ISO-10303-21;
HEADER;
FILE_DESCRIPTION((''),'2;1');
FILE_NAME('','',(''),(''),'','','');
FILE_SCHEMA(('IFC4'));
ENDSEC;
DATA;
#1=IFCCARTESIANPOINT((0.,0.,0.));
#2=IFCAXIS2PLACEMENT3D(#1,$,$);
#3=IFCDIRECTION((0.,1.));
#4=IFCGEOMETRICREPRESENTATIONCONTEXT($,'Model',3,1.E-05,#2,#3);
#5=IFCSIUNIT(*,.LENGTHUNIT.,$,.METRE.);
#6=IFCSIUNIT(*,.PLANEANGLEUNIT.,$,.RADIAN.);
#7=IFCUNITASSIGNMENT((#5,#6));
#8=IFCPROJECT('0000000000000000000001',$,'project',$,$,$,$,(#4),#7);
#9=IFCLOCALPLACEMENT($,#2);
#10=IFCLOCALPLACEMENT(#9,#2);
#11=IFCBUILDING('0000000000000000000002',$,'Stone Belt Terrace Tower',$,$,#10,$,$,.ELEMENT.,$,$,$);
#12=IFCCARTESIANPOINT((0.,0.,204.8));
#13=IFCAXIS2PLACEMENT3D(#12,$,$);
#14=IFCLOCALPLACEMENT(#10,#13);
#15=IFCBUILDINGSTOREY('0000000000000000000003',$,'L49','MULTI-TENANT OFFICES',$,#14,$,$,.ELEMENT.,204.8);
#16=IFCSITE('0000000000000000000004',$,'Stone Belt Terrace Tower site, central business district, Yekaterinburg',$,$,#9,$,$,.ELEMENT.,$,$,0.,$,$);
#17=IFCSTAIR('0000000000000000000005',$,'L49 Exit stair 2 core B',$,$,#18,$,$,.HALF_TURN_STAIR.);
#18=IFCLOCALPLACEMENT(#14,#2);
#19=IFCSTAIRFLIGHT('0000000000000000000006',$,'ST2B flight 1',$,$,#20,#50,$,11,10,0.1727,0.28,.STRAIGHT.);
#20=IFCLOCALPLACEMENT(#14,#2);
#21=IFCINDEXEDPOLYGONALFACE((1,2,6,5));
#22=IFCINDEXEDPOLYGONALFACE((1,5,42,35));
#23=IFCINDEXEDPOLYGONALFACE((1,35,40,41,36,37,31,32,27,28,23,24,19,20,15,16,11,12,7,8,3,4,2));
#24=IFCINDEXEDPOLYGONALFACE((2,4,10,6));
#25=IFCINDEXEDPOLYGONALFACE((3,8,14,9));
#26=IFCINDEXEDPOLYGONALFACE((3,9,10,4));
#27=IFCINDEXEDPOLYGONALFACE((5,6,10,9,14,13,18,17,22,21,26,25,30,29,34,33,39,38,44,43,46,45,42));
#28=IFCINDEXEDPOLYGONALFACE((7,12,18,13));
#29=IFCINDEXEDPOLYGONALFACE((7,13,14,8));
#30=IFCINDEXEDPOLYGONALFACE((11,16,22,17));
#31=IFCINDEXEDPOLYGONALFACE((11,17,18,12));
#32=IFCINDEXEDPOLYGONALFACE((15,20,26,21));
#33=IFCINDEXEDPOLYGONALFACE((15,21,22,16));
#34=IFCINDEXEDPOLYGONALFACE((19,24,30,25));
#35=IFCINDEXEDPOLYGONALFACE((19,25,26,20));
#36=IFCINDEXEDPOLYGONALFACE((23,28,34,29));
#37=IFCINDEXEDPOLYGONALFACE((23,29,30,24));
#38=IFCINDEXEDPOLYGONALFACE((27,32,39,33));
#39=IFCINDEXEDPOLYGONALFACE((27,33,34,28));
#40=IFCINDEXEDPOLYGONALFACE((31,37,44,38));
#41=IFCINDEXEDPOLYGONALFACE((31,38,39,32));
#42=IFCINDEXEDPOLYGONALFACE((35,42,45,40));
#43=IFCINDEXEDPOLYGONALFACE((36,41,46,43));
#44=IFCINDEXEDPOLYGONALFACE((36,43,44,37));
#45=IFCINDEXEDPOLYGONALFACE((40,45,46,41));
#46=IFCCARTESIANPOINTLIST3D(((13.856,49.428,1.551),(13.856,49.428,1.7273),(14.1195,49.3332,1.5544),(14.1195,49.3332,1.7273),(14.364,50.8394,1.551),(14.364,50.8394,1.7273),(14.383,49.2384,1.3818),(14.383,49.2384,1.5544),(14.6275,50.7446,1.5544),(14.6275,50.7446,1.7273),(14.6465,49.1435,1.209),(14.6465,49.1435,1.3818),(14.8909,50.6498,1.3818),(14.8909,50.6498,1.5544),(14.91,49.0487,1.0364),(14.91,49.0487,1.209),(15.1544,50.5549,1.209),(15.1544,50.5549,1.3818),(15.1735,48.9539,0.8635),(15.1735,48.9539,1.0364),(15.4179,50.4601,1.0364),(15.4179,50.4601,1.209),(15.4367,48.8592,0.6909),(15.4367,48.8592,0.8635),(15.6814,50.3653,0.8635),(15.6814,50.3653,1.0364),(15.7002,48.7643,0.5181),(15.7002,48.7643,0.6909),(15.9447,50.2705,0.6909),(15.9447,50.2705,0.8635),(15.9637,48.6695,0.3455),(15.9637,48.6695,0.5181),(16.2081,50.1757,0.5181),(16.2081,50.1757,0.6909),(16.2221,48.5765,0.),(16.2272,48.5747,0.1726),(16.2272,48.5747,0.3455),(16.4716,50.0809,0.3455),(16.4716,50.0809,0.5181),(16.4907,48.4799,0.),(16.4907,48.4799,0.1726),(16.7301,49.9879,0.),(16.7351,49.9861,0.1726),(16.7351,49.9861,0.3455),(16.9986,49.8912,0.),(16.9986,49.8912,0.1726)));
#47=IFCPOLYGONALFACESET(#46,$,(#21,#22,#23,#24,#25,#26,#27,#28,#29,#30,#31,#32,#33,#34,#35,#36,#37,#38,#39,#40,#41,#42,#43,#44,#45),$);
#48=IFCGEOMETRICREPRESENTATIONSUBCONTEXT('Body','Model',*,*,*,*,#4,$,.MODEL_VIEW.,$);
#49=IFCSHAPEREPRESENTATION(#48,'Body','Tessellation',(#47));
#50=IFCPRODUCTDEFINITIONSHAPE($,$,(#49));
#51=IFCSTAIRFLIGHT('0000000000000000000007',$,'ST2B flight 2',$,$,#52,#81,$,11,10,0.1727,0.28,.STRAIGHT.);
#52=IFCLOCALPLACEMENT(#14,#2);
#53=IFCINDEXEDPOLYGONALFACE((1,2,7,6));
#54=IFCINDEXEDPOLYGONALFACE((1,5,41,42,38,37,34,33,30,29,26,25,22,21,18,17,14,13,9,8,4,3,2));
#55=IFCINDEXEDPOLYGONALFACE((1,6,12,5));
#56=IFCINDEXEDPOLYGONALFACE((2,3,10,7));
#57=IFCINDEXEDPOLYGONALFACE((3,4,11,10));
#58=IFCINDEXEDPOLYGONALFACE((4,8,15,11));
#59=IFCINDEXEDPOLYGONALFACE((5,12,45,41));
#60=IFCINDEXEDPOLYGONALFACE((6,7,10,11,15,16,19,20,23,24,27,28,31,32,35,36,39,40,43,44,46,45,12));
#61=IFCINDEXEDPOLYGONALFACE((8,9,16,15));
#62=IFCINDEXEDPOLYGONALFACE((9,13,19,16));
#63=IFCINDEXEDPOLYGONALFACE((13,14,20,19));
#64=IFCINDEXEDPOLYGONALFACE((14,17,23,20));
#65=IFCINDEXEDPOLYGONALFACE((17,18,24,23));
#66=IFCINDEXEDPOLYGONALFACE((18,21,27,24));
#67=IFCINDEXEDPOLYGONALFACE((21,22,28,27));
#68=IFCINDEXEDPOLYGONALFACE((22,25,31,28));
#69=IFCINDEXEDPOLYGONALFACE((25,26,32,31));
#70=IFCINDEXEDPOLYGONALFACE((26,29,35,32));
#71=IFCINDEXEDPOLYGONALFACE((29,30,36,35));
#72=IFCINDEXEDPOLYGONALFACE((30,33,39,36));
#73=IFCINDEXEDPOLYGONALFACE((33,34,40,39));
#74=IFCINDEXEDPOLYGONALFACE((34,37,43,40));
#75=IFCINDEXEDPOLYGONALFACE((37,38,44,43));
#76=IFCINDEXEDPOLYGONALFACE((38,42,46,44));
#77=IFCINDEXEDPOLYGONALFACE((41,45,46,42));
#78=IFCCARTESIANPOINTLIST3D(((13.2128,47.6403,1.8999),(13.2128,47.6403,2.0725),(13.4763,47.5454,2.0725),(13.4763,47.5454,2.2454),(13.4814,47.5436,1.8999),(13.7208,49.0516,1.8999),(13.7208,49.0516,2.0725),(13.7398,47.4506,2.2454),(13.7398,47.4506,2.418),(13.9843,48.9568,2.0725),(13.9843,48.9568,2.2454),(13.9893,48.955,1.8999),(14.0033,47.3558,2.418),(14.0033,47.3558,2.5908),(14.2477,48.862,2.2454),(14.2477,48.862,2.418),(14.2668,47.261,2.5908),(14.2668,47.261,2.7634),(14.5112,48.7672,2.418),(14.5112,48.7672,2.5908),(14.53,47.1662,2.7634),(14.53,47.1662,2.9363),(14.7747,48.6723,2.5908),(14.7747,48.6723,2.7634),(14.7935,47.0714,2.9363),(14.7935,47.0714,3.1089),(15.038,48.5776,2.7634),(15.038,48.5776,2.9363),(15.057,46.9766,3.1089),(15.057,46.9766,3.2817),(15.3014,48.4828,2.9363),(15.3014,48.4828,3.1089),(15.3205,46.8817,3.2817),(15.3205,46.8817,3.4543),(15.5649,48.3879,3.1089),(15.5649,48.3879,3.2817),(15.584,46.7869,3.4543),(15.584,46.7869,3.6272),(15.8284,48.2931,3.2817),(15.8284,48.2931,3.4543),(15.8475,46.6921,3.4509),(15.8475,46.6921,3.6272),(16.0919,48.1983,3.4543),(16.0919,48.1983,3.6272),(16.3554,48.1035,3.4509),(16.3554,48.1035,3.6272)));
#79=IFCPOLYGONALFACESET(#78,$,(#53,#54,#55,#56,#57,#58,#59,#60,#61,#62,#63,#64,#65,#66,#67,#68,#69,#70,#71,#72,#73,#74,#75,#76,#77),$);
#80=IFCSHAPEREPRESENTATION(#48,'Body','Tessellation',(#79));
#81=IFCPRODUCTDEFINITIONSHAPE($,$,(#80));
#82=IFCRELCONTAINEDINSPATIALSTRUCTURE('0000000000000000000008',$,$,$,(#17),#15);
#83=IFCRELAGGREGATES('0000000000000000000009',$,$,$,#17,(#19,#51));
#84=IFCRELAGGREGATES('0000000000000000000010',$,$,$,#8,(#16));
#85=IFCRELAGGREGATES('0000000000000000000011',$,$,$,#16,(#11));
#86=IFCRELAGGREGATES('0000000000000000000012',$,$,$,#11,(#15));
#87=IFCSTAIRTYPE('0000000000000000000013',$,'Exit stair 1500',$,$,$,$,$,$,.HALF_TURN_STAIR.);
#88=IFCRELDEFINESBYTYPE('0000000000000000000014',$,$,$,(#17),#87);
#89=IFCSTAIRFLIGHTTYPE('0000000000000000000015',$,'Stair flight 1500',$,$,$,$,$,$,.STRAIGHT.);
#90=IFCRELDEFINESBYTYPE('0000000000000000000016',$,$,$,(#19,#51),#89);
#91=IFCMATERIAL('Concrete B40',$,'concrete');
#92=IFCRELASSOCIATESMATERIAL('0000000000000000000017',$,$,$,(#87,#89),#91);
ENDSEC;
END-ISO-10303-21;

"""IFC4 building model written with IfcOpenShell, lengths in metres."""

from ifc_helpers import new_model, si_unit, direction, frame, origin, place, context, subcontext, project, spatial, polyline, outline, extrude, material, type_object, element, aggregate, save


model = new_model("IFC4")

# Units and contexts
model_context = context("Model", 3, precision=1e-05, world=origin(), true_north=direction((0.0, 1.0)))
body_context = subcontext(model_context, "Body", "Model", "MODEL_VIEW")
ifc_project = project(units=[si_unit("LENGTHUNIT", "METRE"), si_unit("PLANEANGLEUNIT", "RADIAN")], contexts=[model_context])

# Site, building, storey
site_placement = place(None, origin())
site = spatial("IfcSite", under=ifc_project, at=site_placement, Name="Stone Belt Terrace Tower site, central business district, Yekaterinburg", CompositionType="ELEMENT", RefElevation=0.0)
building_placement = place(site_placement, origin())
building = spatial("IfcBuilding", under=site, at=building_placement, Name="Stone Belt Terrace Tower", CompositionType="ELEMENT")
storey_placement = place(building_placement, frame((0.0, 0.0, 204.8)))
storey = spatial("IfcBuildingStorey", under=building, at=storey_placement, Name="L49", Description="MULTI-TENANT OFFICES", CompositionType="ELEMENT", Elevation=204.8)

# Stair, stair flights
ifc_material_1 = material(Name="Concrete B40", Category="concrete")
stair_type = type_object("IfcStairType", Name="Exit stair 1500", PredefinedType="HALF_TURN_STAIR", material=ifc_material_1)
stair_placement = place(storey_placement, origin())
stair = element("IfcStair", 1, at=stair_placement, inside=storey, type_object=stair_type, Name="L49 Exit stair 2 core B", PredefinedType="HALF_TURN_STAIR")
stair_flight_type = type_object("IfcStairFlightType", Name="Stair flight 1500", PredefinedType="STRAIGHT", material=ifc_material_1)
stair_flight_1_placement = place(storey_placement, frame((16.7446, 49.1855, 0.0), z_axis=(0.0, 0.0, 1.0), x_axis=(-0.940922, 0.338624, 0.0)))
stair_flight_1 = element("IfcStairFlight", 2, at=stair_flight_1_placement, type_object=stair_flight_type, Name="ST2B flight 1", NumberOfRisers=11, NumberOfTreads=10, PredefinedType="STRAIGHT", RiserHeight=0.1727, TreadLength=0.28, context=body_context, shape_type="SweptSolid", body=[
    extrude(outline(polyline([(0.0, 0.0), (0.0, 0.1726), (0.28, 0.1726), (0.28, 0.3455), (0.5601, 0.3455), (0.5601, 0.5181), (0.8401, 0.5181), (0.8401, 0.6909), (1.1201, 0.6909), (1.1201, 0.8635), (1.3999, 0.8635), (1.3999, 1.0364), (1.6799, 1.0364), (1.6799, 1.209), (1.96, 1.209), (1.96, 1.3818), (2.24, 1.3818), (2.24, 1.5544), (2.52, 1.5544), (2.52, 1.7273), (2.8, 1.7273), (2.8, 1.8999), (2.8, 1.551), (0.2854, 0.0), (0.0, 0.0)])), frame((0.0, 0.75, 0.0), z_axis=(0.0, -1.0, 0.0), x_axis=(1.0, 0.0, 0.0)), (0.0, 0.0, 1.0), 1.5),
])
stair_flight_2_placement = place(storey_placement, frame((13.4668, 48.3459, 1.8999), z_axis=(0.0, 0.0, 1.0), x_axis=(0.940922, -0.338624, 0.0)))
stair_flight_2 = element("IfcStairFlight", 3, at=stair_flight_2_placement, type_object=stair_flight_type, Name="ST2B flight 2", NumberOfRisers=11, NumberOfTreads=10, PredefinedType="STRAIGHT", RiserHeight=0.1727, TreadLength=0.28, context=body_context, shape_type="SweptSolid", body=[
    extrude(outline(polyline([(0.0, 0.0), (0.0, 0.1726), (0.28, 0.1726), (0.28, 0.3455), (0.5601, 0.3455), (0.5601, 0.5181), (0.8401, 0.5181), (0.8401, 0.6909), (1.1201, 0.6909), (1.1201, 0.8635), (1.3999, 0.8635), (1.3999, 1.0364), (1.6799, 1.0364), (1.6799, 1.209), (1.96, 1.209), (1.96, 1.3818), (2.24, 1.3818), (2.24, 1.5544), (2.52, 1.5544), (2.52, 1.7273), (2.8, 1.7273), (2.8, 1.8999), (2.8, 1.551), (0.2854, 0.0), (0.0, 0.0)])), frame((0.0, 0.75, 0.0), z_axis=(0.0, -1.0, 0.0), x_axis=(1.0, 0.0, 0.0)), (0.0, 0.0, 1.0), 1.5),
])
aggregate(stair, [stair_flight_1, stair_flight_2])

save(model, "model.ifc")
